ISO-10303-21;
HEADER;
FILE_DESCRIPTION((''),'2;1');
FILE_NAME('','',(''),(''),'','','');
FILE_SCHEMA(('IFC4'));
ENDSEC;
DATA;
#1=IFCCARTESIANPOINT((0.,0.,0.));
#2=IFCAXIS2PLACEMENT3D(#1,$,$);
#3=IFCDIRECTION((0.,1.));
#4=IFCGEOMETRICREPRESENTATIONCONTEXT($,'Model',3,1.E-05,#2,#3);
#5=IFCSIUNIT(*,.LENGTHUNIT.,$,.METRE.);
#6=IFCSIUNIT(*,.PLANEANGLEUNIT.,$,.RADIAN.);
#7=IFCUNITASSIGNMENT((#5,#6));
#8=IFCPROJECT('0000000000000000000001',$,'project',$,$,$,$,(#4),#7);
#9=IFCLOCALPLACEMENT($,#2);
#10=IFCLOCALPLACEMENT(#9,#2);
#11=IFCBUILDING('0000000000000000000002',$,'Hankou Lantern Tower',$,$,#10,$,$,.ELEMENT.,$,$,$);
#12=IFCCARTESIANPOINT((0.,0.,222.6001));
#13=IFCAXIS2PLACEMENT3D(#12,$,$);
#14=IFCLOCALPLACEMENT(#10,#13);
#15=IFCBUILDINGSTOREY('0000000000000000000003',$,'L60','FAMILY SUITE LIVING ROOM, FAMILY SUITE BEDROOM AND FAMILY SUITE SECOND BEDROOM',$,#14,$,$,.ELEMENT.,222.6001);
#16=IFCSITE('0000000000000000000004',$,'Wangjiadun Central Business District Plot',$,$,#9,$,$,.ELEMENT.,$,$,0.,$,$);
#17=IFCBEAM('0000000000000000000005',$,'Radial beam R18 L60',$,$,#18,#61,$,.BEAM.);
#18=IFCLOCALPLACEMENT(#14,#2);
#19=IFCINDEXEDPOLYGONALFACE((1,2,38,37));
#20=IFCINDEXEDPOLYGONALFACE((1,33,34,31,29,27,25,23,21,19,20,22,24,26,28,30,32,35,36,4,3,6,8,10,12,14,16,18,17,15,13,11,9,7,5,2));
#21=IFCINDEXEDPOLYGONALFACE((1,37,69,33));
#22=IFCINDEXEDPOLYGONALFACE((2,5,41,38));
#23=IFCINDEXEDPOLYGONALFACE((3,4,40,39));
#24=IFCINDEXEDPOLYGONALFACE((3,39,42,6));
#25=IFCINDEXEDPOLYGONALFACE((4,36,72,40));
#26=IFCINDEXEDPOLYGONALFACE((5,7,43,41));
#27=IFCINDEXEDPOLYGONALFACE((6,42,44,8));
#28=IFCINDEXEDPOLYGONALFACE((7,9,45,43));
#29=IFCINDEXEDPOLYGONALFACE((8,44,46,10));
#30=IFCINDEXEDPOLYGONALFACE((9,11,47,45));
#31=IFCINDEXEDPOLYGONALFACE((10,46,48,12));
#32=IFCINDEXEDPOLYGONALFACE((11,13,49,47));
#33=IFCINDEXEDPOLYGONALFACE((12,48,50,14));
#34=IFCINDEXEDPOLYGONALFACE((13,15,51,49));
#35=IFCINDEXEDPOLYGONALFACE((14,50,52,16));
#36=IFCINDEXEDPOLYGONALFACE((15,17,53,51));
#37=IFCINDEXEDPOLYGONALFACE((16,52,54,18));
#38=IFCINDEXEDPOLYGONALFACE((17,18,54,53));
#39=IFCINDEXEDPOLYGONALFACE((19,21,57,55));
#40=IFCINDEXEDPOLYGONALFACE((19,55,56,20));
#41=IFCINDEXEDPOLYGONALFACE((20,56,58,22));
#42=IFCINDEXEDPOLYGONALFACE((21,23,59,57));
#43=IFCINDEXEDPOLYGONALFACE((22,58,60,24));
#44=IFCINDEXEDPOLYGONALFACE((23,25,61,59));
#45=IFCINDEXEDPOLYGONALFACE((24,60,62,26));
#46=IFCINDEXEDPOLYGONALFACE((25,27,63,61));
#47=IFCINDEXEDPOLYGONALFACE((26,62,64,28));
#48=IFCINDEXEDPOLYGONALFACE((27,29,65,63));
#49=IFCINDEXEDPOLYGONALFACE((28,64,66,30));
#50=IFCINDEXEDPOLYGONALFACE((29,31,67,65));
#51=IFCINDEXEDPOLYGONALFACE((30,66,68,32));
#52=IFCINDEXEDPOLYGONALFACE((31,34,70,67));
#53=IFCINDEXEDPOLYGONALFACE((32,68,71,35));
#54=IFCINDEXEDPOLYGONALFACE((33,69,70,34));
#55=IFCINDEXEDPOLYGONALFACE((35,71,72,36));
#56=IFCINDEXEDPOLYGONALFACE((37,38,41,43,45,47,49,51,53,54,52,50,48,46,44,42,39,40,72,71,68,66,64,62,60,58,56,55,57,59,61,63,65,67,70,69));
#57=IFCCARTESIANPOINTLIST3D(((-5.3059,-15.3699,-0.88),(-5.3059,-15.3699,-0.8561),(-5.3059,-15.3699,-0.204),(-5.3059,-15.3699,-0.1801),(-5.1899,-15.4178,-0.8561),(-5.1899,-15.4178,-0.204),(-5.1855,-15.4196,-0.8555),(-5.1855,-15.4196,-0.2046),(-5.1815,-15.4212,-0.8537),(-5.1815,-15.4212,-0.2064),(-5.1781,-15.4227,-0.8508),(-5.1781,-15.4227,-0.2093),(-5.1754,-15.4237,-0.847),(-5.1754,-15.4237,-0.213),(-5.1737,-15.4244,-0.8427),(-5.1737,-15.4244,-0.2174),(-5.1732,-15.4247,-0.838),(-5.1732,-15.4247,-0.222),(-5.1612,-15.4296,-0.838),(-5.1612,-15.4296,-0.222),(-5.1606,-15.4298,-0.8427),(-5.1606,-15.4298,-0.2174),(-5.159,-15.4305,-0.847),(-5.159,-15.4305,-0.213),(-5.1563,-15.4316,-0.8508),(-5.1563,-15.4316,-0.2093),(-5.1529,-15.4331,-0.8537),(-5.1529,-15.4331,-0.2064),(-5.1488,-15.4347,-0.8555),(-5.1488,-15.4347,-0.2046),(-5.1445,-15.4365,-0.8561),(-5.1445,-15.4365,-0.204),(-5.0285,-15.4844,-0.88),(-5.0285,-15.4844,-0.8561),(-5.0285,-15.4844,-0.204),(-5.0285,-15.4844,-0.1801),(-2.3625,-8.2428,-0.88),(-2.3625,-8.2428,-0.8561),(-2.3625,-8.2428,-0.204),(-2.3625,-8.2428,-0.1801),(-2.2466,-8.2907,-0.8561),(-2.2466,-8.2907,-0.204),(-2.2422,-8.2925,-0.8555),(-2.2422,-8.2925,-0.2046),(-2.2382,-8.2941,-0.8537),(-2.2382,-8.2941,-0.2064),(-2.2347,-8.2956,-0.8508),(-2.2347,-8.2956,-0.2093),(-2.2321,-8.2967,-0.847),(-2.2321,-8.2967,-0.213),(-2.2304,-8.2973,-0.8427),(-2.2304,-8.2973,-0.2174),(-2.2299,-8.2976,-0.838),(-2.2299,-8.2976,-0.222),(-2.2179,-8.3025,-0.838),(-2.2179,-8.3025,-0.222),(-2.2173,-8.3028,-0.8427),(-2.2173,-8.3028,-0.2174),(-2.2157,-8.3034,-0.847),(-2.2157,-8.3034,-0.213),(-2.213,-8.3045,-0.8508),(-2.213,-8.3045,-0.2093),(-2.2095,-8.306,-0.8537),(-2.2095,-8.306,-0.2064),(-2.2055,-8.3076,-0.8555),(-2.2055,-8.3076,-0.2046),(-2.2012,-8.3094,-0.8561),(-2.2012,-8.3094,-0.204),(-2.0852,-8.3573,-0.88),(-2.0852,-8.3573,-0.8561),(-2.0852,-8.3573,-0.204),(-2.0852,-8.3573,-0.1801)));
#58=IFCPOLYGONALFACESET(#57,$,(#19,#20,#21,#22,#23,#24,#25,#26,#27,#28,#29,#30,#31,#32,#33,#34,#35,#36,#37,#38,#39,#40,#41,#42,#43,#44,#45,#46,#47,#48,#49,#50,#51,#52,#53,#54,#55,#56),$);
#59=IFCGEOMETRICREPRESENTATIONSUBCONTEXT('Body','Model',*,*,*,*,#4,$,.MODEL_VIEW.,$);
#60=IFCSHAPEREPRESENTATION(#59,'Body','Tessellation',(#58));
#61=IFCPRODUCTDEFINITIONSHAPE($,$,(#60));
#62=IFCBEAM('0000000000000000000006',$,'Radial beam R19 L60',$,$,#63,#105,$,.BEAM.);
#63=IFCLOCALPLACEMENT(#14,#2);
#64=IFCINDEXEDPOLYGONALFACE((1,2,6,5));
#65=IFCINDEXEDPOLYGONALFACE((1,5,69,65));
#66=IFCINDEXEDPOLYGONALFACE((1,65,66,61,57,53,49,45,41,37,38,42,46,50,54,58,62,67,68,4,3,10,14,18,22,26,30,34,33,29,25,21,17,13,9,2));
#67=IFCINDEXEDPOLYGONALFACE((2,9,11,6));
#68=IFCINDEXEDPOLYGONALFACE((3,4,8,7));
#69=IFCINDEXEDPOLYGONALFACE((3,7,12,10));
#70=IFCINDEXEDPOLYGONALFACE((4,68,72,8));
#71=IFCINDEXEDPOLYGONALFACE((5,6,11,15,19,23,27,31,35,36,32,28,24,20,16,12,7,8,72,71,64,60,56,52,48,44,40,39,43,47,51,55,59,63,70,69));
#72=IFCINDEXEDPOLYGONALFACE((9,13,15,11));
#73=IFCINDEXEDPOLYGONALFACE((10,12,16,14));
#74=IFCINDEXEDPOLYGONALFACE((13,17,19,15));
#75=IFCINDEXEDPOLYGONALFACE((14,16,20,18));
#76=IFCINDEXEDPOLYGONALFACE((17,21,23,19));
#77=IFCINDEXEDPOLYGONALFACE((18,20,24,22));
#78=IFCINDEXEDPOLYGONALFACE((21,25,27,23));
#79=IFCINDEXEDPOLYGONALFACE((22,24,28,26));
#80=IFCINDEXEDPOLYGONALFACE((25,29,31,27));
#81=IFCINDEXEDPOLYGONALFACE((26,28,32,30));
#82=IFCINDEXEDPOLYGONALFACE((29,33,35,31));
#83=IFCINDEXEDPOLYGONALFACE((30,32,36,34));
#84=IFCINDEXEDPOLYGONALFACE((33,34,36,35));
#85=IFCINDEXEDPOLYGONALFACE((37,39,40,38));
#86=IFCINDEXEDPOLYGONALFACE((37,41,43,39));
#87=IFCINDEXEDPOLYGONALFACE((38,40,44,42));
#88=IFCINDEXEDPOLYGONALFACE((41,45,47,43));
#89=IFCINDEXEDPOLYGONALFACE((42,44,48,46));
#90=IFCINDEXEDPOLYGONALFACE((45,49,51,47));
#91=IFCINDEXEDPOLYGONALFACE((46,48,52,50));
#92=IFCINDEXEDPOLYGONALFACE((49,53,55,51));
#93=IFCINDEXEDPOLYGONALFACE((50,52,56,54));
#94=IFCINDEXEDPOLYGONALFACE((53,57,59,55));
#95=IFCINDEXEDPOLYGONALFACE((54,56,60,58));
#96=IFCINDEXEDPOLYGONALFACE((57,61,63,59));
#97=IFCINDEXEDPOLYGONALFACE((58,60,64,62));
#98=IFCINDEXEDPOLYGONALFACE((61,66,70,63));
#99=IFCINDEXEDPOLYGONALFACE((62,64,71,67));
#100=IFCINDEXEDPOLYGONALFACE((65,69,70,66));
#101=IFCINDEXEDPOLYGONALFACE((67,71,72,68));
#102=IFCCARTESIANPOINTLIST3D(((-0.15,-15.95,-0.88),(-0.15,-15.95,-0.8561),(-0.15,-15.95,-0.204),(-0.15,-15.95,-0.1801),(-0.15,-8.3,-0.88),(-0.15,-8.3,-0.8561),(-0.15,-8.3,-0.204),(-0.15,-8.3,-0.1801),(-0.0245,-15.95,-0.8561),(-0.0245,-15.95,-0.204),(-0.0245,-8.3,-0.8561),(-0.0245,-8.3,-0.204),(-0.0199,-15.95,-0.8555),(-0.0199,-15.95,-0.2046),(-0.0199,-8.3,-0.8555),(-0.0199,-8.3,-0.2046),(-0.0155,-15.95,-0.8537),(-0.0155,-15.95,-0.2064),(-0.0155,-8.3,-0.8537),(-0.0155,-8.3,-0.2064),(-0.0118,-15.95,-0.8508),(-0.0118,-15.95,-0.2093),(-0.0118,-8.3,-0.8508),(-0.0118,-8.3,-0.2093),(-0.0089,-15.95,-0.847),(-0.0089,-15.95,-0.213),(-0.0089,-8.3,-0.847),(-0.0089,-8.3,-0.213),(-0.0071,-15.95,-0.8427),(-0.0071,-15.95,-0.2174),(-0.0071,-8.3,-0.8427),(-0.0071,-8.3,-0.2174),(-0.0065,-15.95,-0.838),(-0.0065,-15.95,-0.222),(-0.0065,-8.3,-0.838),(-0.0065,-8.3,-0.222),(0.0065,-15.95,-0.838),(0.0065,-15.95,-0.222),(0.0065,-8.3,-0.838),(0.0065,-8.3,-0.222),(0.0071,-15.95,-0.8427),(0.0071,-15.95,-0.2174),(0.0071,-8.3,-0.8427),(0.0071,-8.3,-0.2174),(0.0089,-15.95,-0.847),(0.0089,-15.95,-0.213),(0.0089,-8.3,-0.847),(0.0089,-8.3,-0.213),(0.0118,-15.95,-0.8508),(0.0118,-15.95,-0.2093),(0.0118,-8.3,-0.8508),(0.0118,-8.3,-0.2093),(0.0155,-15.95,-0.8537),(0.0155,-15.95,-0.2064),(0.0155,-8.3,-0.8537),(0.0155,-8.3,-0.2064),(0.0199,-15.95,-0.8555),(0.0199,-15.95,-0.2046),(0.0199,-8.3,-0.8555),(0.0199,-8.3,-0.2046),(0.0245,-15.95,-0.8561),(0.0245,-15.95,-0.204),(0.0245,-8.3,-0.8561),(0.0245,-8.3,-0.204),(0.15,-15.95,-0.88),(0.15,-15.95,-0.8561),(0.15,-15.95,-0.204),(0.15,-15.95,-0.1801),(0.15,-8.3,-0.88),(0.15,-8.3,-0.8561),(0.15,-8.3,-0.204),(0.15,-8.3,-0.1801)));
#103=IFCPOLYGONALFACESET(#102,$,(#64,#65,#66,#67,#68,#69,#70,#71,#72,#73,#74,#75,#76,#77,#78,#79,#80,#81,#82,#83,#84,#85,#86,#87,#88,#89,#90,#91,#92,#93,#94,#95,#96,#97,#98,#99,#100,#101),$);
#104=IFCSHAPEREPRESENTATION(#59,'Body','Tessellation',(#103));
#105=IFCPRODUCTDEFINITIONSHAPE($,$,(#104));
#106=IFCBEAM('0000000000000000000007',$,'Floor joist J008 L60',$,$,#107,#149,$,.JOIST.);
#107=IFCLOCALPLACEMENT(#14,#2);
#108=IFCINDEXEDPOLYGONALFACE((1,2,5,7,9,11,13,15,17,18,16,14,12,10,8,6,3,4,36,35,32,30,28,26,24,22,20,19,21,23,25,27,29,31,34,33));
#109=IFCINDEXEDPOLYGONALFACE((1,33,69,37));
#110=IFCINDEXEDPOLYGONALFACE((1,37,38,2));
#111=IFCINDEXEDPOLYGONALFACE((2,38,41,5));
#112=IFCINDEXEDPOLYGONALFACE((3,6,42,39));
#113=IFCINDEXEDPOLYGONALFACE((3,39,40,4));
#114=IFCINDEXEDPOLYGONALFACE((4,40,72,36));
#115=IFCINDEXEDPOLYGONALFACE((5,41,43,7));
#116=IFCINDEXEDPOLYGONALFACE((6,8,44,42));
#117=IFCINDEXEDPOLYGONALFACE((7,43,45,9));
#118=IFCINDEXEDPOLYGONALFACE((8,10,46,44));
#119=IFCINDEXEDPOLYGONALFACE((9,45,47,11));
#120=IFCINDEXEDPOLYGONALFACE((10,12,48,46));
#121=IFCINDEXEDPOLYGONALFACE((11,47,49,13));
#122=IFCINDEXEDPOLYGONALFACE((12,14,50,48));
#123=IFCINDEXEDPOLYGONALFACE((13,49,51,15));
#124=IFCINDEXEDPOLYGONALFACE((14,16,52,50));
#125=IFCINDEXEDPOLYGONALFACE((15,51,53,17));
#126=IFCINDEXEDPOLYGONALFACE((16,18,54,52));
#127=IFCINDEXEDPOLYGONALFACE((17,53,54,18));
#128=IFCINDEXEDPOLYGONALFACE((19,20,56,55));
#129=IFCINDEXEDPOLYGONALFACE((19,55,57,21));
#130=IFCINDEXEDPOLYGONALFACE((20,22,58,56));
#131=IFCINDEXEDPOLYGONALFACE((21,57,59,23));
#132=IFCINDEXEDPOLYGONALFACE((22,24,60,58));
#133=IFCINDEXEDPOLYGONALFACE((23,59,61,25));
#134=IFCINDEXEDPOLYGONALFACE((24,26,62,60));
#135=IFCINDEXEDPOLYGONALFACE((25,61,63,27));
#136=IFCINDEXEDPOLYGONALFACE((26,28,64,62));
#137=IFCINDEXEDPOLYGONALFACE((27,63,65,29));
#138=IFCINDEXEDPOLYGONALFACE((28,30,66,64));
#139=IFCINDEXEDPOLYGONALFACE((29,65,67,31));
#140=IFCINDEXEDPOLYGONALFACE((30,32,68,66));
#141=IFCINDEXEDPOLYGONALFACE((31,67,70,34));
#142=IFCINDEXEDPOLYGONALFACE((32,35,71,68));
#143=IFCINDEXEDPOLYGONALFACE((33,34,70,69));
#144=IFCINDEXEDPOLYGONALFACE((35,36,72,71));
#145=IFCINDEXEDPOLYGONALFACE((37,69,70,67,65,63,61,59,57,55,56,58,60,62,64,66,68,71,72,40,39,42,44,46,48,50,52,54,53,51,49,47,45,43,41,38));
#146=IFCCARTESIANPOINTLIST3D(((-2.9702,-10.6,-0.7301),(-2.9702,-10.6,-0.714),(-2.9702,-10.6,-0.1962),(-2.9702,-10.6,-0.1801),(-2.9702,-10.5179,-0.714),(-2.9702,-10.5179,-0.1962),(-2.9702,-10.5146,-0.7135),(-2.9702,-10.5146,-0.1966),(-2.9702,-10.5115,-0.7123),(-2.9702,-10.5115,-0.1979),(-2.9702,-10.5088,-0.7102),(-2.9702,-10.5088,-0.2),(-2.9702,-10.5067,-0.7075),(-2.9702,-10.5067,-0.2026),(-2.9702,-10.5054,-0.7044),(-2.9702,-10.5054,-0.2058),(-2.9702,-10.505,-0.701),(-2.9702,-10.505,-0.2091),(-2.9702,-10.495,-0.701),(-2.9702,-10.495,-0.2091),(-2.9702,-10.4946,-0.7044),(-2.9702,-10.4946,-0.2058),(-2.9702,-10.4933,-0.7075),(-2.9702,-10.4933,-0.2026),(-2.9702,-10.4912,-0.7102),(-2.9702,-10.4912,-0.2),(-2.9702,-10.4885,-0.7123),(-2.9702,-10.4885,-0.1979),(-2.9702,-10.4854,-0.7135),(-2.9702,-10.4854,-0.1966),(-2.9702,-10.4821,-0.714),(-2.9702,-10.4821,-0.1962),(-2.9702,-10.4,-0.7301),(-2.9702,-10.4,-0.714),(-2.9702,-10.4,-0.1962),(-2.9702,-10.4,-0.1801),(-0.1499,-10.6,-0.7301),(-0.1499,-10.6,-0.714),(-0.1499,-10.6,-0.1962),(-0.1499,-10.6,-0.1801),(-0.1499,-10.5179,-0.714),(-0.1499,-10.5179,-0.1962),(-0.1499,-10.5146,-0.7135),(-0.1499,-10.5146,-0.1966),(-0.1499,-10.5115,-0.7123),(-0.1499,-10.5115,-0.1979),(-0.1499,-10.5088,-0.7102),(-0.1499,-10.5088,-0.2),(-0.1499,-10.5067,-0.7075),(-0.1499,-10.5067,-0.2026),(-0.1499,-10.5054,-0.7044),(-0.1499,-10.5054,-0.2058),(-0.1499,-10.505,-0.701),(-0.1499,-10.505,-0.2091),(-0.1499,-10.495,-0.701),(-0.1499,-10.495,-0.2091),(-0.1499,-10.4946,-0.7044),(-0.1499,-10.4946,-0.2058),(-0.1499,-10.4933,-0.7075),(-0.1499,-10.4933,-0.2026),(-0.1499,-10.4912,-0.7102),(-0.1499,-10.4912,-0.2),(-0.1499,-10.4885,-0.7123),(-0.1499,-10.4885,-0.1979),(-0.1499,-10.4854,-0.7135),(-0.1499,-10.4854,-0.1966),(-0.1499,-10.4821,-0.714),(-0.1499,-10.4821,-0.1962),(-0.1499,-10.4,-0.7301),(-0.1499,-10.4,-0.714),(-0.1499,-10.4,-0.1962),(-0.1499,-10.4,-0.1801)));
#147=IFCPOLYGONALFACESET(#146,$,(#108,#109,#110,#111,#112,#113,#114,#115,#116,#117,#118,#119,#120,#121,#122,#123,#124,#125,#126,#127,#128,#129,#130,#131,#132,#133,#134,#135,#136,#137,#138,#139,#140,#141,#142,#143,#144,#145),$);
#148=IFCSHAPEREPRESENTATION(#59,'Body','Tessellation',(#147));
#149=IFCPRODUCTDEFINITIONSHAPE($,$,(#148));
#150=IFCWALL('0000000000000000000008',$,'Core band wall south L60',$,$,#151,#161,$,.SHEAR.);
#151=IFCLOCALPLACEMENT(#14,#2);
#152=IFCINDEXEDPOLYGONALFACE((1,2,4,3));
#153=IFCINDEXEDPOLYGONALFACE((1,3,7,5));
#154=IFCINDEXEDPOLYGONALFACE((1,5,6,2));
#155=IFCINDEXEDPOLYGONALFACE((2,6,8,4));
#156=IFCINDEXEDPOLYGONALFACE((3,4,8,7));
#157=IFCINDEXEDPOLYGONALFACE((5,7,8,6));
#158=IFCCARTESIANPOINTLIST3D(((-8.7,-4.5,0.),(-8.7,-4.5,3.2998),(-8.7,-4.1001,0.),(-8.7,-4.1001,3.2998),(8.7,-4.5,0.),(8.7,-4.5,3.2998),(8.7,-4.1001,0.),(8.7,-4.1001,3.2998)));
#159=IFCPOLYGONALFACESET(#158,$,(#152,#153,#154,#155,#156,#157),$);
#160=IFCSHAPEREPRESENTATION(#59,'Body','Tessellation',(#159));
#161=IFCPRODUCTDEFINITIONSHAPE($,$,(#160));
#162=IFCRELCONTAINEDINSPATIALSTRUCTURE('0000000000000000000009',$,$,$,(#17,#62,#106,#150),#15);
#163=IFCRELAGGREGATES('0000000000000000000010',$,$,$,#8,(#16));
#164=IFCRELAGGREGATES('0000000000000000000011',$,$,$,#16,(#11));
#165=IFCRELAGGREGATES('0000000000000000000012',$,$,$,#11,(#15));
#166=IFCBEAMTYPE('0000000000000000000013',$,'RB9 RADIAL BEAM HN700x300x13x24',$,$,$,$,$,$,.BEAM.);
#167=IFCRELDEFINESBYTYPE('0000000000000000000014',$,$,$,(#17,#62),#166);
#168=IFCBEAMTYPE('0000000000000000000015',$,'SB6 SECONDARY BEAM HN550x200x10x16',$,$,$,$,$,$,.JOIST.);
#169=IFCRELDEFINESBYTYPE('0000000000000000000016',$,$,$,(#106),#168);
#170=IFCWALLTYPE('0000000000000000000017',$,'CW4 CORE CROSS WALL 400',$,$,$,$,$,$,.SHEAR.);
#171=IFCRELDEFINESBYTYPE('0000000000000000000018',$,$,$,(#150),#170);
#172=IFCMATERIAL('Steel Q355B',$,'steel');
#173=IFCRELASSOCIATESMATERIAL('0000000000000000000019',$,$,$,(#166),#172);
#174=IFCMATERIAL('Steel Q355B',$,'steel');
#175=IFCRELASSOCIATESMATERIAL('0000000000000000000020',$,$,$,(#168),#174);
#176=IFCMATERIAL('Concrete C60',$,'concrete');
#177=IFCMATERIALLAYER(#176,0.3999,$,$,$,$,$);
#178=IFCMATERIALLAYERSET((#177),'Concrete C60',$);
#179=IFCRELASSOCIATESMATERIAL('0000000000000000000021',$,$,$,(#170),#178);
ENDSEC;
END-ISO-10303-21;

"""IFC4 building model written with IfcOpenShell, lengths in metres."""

from ifc_helpers import new_model, si_unit, direction, frame, frame_2d, origin, origin_2d, place, context, subcontext, project, spatial, rectangle, i_section, extrude, material, layer, layer_set, material_profile, profile_set, type_object, element, save


model = new_model("IFC4")

# Units and contexts
model_context = context("Model", 3, precision=1e-05, world=origin(), true_north=direction((0.0, 1.0)))
body_context = subcontext(model_context, "Body", "Model", "MODEL_VIEW")
ifc_project = project(units=[si_unit("LENGTHUNIT", "METRE"), si_unit("PLANEANGLEUNIT", "RADIAN")], contexts=[model_context])

# Site, building, storey
site_placement = place(None, origin())
site = spatial("IfcSite", under=ifc_project, at=site_placement, Name="Wangjiadun Central Business District Plot", CompositionType="ELEMENT", RefElevation=0.0)
building_placement = place(site_placement, origin())
building = spatial("IfcBuilding", under=site, at=building_placement, Name="Hankou Lantern Tower", CompositionType="ELEMENT")
storey_placement = place(building_placement, frame((0.0, 0.0, 222.6001)))
storey = spatial("IfcBuildingStorey", under=building, at=storey_placement, Name="L60", Description="FAMILY SUITE LIVING ROOM, FAMILY SUITE BEDROOM AND FAMILY SUITE SECOND BEDROOM", CompositionType="ELEMENT", Elevation=222.6001)

# Beams
ifc_material_1 = material(Name="Steel Q355B", Category="steel")
ifc_material_profile_1 = material_profile(ifc_material_1, i_section(OverallWidth=0.3, OverallDepth=0.7, WebThickness=0.0129, FlangeThickness=0.0239, FilletRadius=0.0181, at=origin_2d()), Name="HN700x300x13x24")
ifc_profile_set_1 = profile_set([ifc_material_profile_1], Name="Steel Q355B")
beam_type_1 = type_object("IfcBeamType", Name="RB9 RADIAL BEAM HN700x300x13x24", PredefinedType="BEAM", material=ifc_profile_set_1)
beam_1_placement = place(storey_placement, frame((-2.2239, -8.3, -0.53), z_axis=(-0.381707, -0.924284, 0.0), x_axis=(0.924284, -0.381707, 0.0)))
element("IfcBeam", 1, at=beam_1_placement, inside=storey, type_object=beam_type_1, Name="Radial beam R18 L60", PredefinedType="BEAM", context=body_context, shape_type="SweptSolid", body=[
    extrude(i_section(OverallWidth=0.3, OverallDepth=0.7, WebThickness=0.0129, FlangeThickness=0.0239, FilletRadius=0.0181, at=origin_2d()), origin(), (0.0, 0.0, 1.0), 7.7109),
])
beam_2_placement = place(storey_placement, frame((0.0, -8.3, -0.53), z_axis=(0.0, -1.0, 0.0), x_axis=(1.0, 0.0, 0.0)))
element("IfcBeam", 2, at=beam_2_placement, inside=storey, type_object=beam_type_1, Name="Radial beam R19 L60", PredefinedType="BEAM", context=body_context, shape_type="SweptSolid", body=[
    extrude(i_section(OverallWidth=0.3, OverallDepth=0.7, WebThickness=0.0129, FlangeThickness=0.0239, FilletRadius=0.0181, at=origin_2d()), origin(), (0.0, 0.0, 1.0), 7.6499),
])
ifc_material_2 = material(Name="Steel Q355B", Category="steel")
ifc_material_profile_2 = material_profile(ifc_material_2, i_section(OverallWidth=0.2, OverallDepth=0.55, WebThickness=0.01, FlangeThickness=0.0161, FilletRadius=0.0129, at=origin_2d()), Name="HN550x200x10x16")
ifc_profile_set_2 = profile_set([ifc_material_profile_2], Name="Steel Q355B")
beam_type_2 = type_object("IfcBeamType", Name="SB6 SECONDARY BEAM HN550x200x10x16", PredefinedType="JOIST", material=ifc_profile_set_2)
beam_3_placement = place(storey_placement, frame((-2.9702, -10.5, -0.4551), z_axis=(1.0, 0.0, 0.0), x_axis=(0.0, 1.0, 0.0)))
element("IfcBeam", 3, at=beam_3_placement, inside=storey, type_object=beam_type_2, Name="Floor joist J008 L60", PredefinedType="JOIST", context=body_context, shape_type="SweptSolid", body=[
    extrude(i_section(OverallWidth=0.2, OverallDepth=0.55, WebThickness=0.01, FlangeThickness=0.0161, FilletRadius=0.0129, at=origin_2d()), origin(), (0.0, 0.0, 1.0), 2.8203),
])

# Wall
ifc_material_3 = material(Name="Concrete C60", Category="concrete")
ifc_layer_1 = layer(ifc_material_3, 0.3999)
ifc_layer_set_1 = layer_set([ifc_layer_1], Name="Concrete C60")
wall_type_1 = type_object("IfcWallType", Name="CW4 CORE CROSS WALL 400", PredefinedType="SHEAR", material=ifc_layer_set_1)
wall_1_placement = place(storey_placement, frame((-8.7, -4.3, 0.0), z_axis=(0.0, 0.0, 1.0), x_axis=(1.0, 0.0, 0.0)))
element("IfcWall", 4, at=wall_1_placement, inside=storey, type_object=wall_type_1, Name="Core band wall south L60", PredefinedType="SHEAR", context=body_context, shape_type="SweptSolid", body=[
    extrude(rectangle(XDim=17.3999, YDim=0.3999, at=frame_2d((8.7, 0.0))), origin(), (0.0, 0.0, 1.0), 3.2998),
])

save(model, "model.ifc")
